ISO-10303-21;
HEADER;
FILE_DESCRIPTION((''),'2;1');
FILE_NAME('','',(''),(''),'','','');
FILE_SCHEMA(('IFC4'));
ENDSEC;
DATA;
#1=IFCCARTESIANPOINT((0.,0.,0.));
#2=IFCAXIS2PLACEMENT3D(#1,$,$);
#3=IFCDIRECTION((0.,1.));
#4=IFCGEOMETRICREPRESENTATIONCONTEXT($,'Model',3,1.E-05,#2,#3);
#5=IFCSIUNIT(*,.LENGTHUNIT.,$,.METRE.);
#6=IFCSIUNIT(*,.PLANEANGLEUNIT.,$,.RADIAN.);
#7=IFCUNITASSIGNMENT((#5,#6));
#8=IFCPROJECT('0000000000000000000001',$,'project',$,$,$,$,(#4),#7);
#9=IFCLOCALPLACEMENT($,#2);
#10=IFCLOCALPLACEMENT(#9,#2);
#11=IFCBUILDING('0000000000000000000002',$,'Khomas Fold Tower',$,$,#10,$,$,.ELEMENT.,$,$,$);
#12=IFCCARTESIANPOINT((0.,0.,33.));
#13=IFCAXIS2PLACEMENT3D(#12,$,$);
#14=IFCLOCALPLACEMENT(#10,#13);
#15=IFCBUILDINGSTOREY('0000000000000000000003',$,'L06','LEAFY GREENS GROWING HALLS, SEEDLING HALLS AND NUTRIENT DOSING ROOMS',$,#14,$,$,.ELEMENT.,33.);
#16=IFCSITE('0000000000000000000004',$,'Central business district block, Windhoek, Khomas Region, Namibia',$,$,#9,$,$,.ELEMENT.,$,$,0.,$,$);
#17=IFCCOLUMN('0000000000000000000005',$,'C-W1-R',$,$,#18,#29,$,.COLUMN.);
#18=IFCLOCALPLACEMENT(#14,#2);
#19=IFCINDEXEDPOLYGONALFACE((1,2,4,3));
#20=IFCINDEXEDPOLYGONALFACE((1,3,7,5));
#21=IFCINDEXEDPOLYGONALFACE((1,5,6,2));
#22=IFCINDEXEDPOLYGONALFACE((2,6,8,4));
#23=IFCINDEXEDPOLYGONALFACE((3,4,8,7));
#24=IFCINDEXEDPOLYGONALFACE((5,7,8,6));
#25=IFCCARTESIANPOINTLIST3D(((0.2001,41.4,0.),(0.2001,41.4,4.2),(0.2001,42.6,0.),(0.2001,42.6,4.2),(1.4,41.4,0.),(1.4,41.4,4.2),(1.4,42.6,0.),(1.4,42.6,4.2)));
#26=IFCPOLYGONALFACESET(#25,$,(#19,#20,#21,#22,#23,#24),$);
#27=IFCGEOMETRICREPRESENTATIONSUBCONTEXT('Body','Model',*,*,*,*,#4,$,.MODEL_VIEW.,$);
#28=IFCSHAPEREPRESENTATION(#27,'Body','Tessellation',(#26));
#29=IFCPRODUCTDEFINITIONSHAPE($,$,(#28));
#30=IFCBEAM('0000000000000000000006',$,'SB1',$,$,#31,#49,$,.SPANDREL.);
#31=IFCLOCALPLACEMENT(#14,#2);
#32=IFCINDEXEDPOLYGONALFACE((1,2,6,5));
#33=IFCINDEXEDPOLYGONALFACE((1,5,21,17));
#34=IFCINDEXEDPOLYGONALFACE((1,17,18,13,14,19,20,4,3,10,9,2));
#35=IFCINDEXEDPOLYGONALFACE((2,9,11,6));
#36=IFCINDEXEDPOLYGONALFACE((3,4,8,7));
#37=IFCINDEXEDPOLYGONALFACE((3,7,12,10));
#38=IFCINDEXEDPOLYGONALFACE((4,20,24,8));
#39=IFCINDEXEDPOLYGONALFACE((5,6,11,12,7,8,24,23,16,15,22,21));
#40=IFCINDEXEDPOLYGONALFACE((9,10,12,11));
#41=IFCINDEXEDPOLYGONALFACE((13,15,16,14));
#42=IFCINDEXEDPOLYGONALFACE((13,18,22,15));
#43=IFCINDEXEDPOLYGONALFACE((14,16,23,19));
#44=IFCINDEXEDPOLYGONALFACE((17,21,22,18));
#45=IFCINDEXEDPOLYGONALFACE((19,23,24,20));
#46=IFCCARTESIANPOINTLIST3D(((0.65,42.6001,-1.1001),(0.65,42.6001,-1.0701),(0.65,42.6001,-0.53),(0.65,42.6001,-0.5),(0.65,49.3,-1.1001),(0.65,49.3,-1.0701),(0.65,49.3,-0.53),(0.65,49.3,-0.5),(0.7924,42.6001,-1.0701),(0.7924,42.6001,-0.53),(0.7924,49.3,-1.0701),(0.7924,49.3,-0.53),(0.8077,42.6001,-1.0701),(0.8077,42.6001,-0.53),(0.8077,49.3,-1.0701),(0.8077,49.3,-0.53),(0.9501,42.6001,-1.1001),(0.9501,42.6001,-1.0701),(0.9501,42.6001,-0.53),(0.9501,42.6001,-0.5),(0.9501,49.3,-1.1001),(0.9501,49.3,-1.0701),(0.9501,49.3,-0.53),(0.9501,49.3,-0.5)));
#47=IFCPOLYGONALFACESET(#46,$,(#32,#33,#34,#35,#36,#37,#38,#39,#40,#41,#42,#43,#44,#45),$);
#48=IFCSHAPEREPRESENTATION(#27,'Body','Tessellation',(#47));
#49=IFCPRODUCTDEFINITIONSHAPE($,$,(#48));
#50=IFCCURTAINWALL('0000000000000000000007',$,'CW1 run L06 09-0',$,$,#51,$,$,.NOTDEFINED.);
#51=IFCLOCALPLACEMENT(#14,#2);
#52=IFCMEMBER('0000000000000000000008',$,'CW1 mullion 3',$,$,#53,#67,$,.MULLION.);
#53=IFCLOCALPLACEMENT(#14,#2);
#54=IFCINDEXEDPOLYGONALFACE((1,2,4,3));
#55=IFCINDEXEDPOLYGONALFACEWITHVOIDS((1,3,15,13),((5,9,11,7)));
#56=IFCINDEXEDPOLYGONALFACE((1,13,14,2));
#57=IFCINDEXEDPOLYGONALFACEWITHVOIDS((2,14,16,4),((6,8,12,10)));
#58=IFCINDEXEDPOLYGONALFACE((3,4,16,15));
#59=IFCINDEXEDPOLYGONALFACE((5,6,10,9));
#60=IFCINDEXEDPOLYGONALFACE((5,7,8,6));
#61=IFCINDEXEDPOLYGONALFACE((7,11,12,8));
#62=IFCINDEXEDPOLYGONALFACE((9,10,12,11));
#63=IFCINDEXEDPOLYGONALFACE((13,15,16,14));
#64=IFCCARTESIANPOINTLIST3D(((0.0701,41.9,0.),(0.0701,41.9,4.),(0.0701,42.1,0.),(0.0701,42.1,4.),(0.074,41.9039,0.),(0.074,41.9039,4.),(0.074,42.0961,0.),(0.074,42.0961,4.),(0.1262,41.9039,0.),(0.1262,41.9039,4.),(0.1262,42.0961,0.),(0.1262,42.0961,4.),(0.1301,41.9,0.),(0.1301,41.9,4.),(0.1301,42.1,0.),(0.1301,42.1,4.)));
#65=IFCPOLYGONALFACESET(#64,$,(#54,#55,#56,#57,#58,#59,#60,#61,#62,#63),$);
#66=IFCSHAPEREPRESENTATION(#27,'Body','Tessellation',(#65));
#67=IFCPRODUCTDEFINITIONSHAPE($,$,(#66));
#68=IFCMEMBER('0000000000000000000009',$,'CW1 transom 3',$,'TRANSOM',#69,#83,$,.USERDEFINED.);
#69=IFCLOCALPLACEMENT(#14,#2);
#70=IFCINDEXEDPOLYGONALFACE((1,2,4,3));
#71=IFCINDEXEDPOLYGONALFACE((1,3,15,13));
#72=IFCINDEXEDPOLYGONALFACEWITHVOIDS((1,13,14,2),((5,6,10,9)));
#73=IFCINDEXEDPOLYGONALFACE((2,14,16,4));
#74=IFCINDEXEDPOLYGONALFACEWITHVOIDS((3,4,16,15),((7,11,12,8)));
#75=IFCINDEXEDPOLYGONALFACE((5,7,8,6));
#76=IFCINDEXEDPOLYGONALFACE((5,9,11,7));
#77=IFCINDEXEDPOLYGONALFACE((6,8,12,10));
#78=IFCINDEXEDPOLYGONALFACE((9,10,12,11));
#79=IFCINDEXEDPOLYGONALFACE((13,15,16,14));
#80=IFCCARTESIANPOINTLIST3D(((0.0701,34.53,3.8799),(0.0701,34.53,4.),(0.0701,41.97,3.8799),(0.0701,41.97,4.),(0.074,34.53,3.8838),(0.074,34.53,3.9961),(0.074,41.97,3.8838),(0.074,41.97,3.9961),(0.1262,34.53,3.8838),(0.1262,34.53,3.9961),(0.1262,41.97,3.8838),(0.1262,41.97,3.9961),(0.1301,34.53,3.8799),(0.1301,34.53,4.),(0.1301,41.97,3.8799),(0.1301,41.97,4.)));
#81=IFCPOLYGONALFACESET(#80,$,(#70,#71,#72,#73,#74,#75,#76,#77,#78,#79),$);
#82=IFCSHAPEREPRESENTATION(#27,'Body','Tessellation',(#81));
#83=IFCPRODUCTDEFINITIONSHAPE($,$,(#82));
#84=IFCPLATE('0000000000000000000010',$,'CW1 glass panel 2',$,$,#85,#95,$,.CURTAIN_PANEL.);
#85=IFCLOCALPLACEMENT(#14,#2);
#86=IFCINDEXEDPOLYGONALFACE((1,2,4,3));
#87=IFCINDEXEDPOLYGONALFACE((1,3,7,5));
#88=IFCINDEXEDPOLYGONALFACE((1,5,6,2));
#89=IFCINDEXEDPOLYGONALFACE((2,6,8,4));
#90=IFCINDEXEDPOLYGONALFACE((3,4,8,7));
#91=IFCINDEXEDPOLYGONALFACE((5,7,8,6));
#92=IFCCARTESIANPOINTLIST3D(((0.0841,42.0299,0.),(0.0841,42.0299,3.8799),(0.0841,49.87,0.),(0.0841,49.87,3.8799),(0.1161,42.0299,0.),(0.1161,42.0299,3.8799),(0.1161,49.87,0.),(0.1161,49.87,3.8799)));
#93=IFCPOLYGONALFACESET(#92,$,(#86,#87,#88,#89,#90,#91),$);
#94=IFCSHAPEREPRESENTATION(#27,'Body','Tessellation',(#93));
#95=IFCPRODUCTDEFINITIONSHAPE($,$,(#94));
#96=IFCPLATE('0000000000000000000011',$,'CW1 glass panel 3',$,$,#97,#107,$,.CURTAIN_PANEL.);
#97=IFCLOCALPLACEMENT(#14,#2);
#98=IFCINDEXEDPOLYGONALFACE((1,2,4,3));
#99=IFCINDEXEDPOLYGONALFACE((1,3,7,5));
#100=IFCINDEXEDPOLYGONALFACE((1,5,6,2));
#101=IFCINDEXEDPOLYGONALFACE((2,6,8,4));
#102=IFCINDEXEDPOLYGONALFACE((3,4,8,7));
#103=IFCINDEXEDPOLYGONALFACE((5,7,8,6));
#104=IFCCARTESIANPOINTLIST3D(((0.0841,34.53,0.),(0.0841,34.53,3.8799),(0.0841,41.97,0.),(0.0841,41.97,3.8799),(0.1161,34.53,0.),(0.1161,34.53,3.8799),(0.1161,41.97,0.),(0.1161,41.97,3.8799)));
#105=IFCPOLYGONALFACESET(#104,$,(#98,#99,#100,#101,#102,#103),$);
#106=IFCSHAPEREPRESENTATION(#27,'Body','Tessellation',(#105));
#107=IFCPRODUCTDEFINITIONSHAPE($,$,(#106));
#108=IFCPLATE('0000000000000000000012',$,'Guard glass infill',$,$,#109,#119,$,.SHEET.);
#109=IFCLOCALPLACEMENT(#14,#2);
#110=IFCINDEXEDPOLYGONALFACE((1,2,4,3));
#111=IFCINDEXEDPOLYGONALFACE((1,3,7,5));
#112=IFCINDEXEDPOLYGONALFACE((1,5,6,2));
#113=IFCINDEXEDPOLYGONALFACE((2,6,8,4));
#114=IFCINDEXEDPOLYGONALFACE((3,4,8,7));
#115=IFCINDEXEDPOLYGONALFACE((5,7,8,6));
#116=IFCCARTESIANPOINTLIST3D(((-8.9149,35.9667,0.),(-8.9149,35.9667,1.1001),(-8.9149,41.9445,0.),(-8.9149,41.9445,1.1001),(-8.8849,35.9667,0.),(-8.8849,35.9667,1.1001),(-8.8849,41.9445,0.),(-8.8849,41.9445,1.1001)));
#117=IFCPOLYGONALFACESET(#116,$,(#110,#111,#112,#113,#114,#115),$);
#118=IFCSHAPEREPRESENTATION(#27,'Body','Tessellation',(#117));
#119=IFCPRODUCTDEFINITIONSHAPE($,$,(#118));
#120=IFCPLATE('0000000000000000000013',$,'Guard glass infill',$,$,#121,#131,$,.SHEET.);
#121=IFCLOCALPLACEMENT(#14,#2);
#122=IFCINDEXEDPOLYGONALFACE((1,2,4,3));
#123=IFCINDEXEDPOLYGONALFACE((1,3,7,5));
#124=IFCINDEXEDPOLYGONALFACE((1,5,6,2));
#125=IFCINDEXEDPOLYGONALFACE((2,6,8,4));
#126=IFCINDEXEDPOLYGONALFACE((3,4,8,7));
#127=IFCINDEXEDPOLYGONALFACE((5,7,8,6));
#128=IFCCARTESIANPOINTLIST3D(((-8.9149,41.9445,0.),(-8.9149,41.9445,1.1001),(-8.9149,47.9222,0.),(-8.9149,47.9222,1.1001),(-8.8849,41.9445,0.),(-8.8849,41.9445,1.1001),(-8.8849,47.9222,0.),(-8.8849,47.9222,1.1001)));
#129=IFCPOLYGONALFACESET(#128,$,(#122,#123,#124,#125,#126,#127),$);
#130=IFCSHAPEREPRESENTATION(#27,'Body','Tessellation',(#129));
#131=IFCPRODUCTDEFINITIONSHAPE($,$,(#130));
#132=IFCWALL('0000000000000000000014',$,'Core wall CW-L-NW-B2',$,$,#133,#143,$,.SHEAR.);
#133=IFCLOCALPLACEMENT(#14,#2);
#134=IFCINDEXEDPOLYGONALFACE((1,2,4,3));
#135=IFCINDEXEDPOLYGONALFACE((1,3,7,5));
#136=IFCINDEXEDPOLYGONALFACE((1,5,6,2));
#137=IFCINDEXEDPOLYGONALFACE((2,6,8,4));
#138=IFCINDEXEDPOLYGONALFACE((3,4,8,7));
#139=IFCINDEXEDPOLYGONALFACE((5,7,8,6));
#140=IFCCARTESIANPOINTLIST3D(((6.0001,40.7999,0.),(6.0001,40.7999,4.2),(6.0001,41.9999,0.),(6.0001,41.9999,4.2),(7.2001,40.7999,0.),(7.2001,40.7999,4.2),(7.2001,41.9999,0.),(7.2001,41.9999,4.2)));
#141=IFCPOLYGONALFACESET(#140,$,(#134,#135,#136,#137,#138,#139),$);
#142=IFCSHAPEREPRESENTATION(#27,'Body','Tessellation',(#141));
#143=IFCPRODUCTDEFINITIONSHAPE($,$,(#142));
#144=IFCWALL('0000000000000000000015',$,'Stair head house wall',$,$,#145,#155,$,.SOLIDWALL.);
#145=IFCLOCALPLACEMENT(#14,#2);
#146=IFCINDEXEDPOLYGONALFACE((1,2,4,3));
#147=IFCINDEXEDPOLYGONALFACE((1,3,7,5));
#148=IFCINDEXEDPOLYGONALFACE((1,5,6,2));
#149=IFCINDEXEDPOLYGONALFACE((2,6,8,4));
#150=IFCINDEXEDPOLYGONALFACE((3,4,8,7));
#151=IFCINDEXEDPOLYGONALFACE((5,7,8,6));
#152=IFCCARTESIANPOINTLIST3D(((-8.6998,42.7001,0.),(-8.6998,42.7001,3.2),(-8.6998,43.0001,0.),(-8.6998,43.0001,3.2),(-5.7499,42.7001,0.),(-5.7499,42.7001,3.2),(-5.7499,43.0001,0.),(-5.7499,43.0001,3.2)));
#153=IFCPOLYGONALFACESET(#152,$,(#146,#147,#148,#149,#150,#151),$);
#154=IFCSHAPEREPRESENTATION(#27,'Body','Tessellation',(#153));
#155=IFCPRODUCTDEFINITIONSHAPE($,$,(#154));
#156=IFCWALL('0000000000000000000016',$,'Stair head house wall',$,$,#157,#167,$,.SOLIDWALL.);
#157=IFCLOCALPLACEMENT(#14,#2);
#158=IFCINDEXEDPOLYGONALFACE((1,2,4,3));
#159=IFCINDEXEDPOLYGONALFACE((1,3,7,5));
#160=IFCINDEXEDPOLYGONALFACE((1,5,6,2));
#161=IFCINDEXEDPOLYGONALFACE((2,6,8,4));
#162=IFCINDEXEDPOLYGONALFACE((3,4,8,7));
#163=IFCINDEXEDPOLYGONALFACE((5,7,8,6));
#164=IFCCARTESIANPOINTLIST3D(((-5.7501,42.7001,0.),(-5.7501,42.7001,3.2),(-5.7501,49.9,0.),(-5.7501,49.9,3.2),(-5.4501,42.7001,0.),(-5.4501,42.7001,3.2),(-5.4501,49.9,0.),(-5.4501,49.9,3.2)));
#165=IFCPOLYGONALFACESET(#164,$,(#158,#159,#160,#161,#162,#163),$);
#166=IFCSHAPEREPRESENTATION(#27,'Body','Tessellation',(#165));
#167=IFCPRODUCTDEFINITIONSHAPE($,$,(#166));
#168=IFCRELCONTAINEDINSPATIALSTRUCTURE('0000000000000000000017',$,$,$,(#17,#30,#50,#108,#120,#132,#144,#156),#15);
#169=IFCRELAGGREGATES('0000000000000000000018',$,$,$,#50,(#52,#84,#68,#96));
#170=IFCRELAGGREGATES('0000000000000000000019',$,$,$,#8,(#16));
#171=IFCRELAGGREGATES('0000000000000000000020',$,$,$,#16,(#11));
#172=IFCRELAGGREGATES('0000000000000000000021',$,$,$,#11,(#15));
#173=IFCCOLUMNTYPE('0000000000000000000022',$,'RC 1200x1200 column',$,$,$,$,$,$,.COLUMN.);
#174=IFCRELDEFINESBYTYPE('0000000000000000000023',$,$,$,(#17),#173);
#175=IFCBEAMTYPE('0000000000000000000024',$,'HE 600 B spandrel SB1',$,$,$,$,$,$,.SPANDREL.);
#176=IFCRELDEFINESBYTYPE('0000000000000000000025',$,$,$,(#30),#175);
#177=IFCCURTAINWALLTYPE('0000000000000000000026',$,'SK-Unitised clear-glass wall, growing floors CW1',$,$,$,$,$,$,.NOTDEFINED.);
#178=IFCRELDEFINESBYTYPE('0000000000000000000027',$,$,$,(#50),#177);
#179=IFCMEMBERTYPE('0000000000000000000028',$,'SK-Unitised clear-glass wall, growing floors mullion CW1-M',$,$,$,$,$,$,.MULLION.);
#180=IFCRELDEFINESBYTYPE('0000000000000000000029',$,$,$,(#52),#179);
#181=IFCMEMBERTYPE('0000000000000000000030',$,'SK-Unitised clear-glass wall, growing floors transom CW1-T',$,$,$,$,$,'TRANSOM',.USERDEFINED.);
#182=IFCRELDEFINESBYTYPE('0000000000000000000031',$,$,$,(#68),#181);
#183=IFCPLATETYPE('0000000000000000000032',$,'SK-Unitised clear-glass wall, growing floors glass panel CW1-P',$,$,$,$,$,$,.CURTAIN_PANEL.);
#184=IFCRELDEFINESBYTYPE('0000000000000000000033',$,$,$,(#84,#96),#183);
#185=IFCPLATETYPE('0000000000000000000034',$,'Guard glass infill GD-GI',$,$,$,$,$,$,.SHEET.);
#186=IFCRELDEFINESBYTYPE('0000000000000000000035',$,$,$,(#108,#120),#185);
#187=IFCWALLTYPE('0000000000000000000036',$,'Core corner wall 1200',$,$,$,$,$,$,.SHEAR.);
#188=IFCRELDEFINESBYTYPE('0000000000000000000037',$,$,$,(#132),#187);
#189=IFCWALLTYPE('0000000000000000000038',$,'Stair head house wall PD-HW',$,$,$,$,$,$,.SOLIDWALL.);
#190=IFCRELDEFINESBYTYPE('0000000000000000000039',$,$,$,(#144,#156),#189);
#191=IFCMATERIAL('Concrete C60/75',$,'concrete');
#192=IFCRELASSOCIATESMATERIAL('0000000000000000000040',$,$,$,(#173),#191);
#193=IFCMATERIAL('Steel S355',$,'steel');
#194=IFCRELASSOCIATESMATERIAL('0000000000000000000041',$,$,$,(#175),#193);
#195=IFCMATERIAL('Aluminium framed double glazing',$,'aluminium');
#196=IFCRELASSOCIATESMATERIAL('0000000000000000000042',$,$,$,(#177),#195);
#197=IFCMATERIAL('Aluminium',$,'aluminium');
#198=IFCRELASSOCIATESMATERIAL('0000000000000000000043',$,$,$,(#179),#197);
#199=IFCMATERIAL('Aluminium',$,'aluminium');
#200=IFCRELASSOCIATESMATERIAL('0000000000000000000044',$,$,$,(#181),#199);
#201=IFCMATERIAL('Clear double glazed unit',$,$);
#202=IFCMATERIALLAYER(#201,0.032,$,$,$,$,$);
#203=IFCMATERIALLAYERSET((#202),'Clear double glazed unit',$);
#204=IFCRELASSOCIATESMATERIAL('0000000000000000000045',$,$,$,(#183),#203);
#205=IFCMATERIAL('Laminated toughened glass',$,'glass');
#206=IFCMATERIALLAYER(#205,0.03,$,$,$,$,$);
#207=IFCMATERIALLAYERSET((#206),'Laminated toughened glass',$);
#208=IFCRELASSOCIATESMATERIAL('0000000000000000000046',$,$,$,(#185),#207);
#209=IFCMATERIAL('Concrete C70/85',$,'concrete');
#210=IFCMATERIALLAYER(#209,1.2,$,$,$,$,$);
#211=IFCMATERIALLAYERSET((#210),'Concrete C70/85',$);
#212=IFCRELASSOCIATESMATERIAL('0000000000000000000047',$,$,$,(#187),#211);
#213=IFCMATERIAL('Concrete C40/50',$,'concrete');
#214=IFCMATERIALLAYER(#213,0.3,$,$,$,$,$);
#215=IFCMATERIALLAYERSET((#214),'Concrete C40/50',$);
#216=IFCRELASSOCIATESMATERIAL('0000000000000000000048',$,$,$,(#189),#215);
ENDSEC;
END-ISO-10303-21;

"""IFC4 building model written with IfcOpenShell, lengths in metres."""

from ifc_helpers import new_model, si_unit, direction, frame, frame_2d, origin, origin_2d, place, context, subcontext, project, spatial, rectangle, hollow_rectangle, i_section, extrude, source, transform, mapped, material, layer, layer_set, material_profile, profile_set, type_object, element, aggregate, save


model = new_model("IFC4")

# Units and contexts
model_context = context("Model", 3, precision=1e-05, world=origin(), true_north=direction((0.0, 1.0)))
body_context = subcontext(model_context, "Body", "Model", "MODEL_VIEW")
ifc_project = project(units=[si_unit("LENGTHUNIT", "METRE"), si_unit("PLANEANGLEUNIT", "RADIAN")], contexts=[model_context])

# Site, building, storey
site_placement = place(None, origin())
site = spatial("IfcSite", under=ifc_project, at=site_placement, Name="Central business district block, Windhoek, Khomas Region, Namibia", CompositionType="ELEMENT", RefElevation=0.0)
building_placement = place(site_placement, origin())
building = spatial("IfcBuilding", under=site, at=building_placement, Name="Khomas Fold Tower", CompositionType="ELEMENT")
storey_placement = place(building_placement, frame((0.0, 0.0, 33.0)))
storey = spatial("IfcBuildingStorey", under=building, at=storey_placement, Name="L06", Description="LEAFY GREENS GROWING HALLS, SEEDLING HALLS AND NUTRIENT DOSING ROOMS", CompositionType="ELEMENT", Elevation=33.0)

# Column
ifc_material_1 = material(Name="Concrete C60/75", Category="concrete")
ifc_material_profile_1 = material_profile(ifc_material_1, rectangle(XDim=1.2, YDim=1.2, at=origin_2d()), Name="RC 1200x1200")
ifc_profile_set_1 = profile_set([ifc_material_profile_1], Name="Concrete C60/75")
column_type = type_object("IfcColumnType", Name="RC 1200x1200 column", PredefinedType="COLUMN", material=ifc_profile_set_1)
shared_shape_1 = source(origin(), body_context, "Body", "SweptSolid", [
    extrude(rectangle(XDim=1.2, YDim=1.2, at=origin_2d()), origin(), (0.0, 0.0, 1.0), 4.2),
])
column_placement = place(storey_placement, frame((0.8, 42.0, 0.0), z_axis=(0.0, 0.0, 1.0), x_axis=(1.0, 0.0, 0.0)))
element("IfcColumn", 1, at=column_placement, inside=storey, type_object=column_type, Name="C-W1-R", PredefinedType="COLUMN", context=body_context, shape_type="MappedRepresentation", body=[
    mapped(shared_shape_1, transform((0.0, 0.0, 0.0))),
])

# Beam
ifc_material_2 = material(Name="Steel S355", Category="steel")
ifc_material_profile_2 = material_profile(ifc_material_2, i_section(OverallWidth=0.3, OverallDepth=0.6001, WebThickness=0.0154, FlangeThickness=0.03, at=origin_2d()), Name="HE 600 B")
ifc_profile_set_2 = profile_set([ifc_material_profile_2], Name="Steel S355")
beam_type = type_object("IfcBeamType", Name="HE 600 B spandrel SB1", PredefinedType="SPANDREL", material=ifc_profile_set_2)
shared_shape_2 = source(origin(), body_context, "Body", "SweptSolid", [
    extrude(i_section(OverallWidth=0.3, OverallDepth=0.6001, WebThickness=0.0154, FlangeThickness=0.03, at=origin_2d()), origin(), (0.0, 0.0, 1.0), 6.7),
])
beam_placement = place(storey_placement, frame((0.8, 42.6001, -0.8), z_axis=(0.0, 1.0, 0.0), x_axis=(-1.0, 0.0, 0.0)))
element("IfcBeam", 2, at=beam_placement, inside=storey, type_object=beam_type, Name="SB1", PredefinedType="SPANDREL", context=body_context, shape_type="MappedRepresentation", body=[
    mapped(shared_shape_2, transform((0.0, 0.0, 0.0))),
])

# Curtain wall, members, plates
ifc_material_3 = material(Name="Aluminium framed double glazing", Category="aluminium")
curtain_wall_type = type_object("IfcCurtainWallType", Name="SK-Unitised clear-glass wall, growing floors CW1", PredefinedType="NOTDEFINED", material=ifc_material_3)
curtain_wall_placement = place(storey_placement, origin())
curtain_wall = element("IfcCurtainWall", 3, at=curtain_wall_placement, inside=storey, type_object=curtain_wall_type, Name="CW1 run L06 09-0", PredefinedType="NOTDEFINED")
ifc_material_4 = material(Name="Aluminium", Category="aluminium")
ifc_material_profile_3 = material_profile(ifc_material_4, hollow_rectangle(XDim=0.0601, YDim=0.2, WallThickness=0.0039, at=origin_2d()), Name="SK-Unitised clear-glass wall, growing floors mullion CW1-M")
ifc_profile_set_3 = profile_set([ifc_material_profile_3], Name="Aluminium")
member_type_1 = type_object("IfcMemberType", Name="SK-Unitised clear-glass wall, growing floors mullion CW1-M", PredefinedType="MULLION", material=ifc_profile_set_3)
shared_shape_3 = source(origin(), body_context, "Body", "SweptSolid", [
    extrude(hollow_rectangle(XDim=0.0601, YDim=0.2, WallThickness=0.0039, at=origin_2d()), origin(), (0.0, 0.0, 1.0), 4.0),
])
member_1_placement = place(storey_placement, frame((0.1001, 42.0, 0.0), z_axis=(0.0, 0.0, 1.0), x_axis=(1.0, 0.0, 0.0)))
member_1 = element("IfcMember", 4, at=member_1_placement, type_object=member_type_1, Name="CW1 mullion 3", PredefinedType="MULLION", context=body_context, shape_type="MappedRepresentation", body=[
    mapped(shared_shape_3, transform((0.0, 0.0, 0.0))),
])
ifc_material_5 = material(Name="Aluminium", Category="aluminium")
ifc_material_profile_4 = material_profile(ifc_material_5, hollow_rectangle(XDim=0.0601, YDim=0.1201, WallThickness=0.0039, at=origin_2d()), Name="SK-Unitised clear-glass wall, growing floors transom CW1-T")
ifc_profile_set_4 = profile_set([ifc_material_profile_4], Name="Aluminium")
member_type_2 = type_object("IfcMemberType", Name="SK-Unitised clear-glass wall, growing floors transom CW1-T", ElementType="TRANSOM", PredefinedType="USERDEFINED", material=ifc_profile_set_4)
shared_shape_4 = source(origin(), body_context, "Body", "SweptSolid", [
    extrude(hollow_rectangle(XDim=0.0601, YDim=0.1201, WallThickness=0.0039, at=origin_2d()), origin(), (0.0, 0.0, 1.0), 7.4399),
])
member_2_placement = place(storey_placement, frame((0.1001, 41.97, 3.9399), z_axis=(0.0, -1.0, 0.0), x_axis=(1.0, 0.0, 0.0)))
member_2 = element("IfcMember", 5, at=member_2_placement, type_object=member_type_2, Name="CW1 transom 3", ObjectType="TRANSOM", PredefinedType="USERDEFINED", context=body_context, shape_type="MappedRepresentation", body=[
    mapped(shared_shape_4, transform((0.0, 0.0, 0.0))),
])
ifc_material_6 = material(Name="Clear double glazed unit")
ifc_layer_1 = layer(ifc_material_6, 0.032)
ifc_layer_set_1 = layer_set([ifc_layer_1], Name="Clear double glazed unit")
plate_type_1 = type_object("IfcPlateType", Name="SK-Unitised clear-glass wall, growing floors glass panel CW1-P", PredefinedType="CURTAIN_PANEL", material=ifc_layer_set_1)
shared_shape_5 = source(origin(), body_context, "Body", "SweptSolid", [
    extrude(rectangle(XDim=7.8401, YDim=0.032, at=origin_2d()), origin(), (0.0, 0.0, 1.0), 3.8799),
])
plate_1_placement = place(storey_placement, frame((0.1001, 45.95, 0.0), z_axis=(0.0, 0.0, 1.0), x_axis=(0.0, -1.0, 0.0)))
plate_1 = element("IfcPlate", 6, at=plate_1_placement, type_object=plate_type_1, Name="CW1 glass panel 2", PredefinedType="CURTAIN_PANEL", context=body_context, shape_type="MappedRepresentation", body=[
    mapped(shared_shape_5, transform((0.0, 0.0, 0.0))),
])
shared_shape_6 = source(origin(), body_context, "Body", "SweptSolid", [
    extrude(rectangle(XDim=7.4399, YDim=0.032, at=origin_2d()), origin(), (0.0, 0.0, 1.0), 3.8799),
])
plate_2_placement = place(storey_placement, frame((0.1001, 38.25, 0.0), z_axis=(0.0, 0.0, 1.0), x_axis=(0.0, -1.0, 0.0)))
plate_2 = element("IfcPlate", 7, at=plate_2_placement, type_object=plate_type_1, Name="CW1 glass panel 3", PredefinedType="CURTAIN_PANEL", context=body_context, shape_type="MappedRepresentation", body=[
    mapped(shared_shape_6, transform((0.0, 0.0, 0.0))),
])
aggregate(curtain_wall, [member_1, plate_1, member_2, plate_2])

# Plates
ifc_material_7 = material(Name="Laminated toughened glass", Category="glass")
ifc_layer_2 = layer(ifc_material_7, 0.03)
ifc_layer_set_2 = layer_set([ifc_layer_2], Name="Laminated toughened glass")
plate_type_2 = type_object("IfcPlateType", Name="Guard glass infill GD-GI", PredefinedType="SHEET", material=ifc_layer_set_2)
shared_shape_7 = source(origin(), body_context, "Body", "SweptSolid", [
    extrude(rectangle(XDim=5.9778, YDim=0.03, at=origin_2d()), origin(), (0.0, 0.0, 1.0), 1.1001),
])
for number, where, z_axis, x_axis, name in (
    (8, (-8.8999, 38.9556, 0.0), (0.0, 0.0, 1.0), (0.0, 1.0, 0.0), "Guard glass infill"),
    (9, (-8.8999, 44.9333, 0.0), (0.0, 0.0, 1.0), (0.0, 1.0, 0.0), "Guard glass infill"),
):
    element("IfcPlate", number, at=place(storey_placement, frame(where, z_axis=z_axis, x_axis=x_axis)), inside=storey, type_object=plate_type_2, Name=name, PredefinedType="SHEET", context=body_context, shape_type="MappedRepresentation", body=[
        mapped(shared_shape_7, transform((0.0, 0.0, 0.0))),
    ])

# Walls
ifc_material_8 = material(Name="Concrete C70/85", Category="concrete")
ifc_layer_3 = layer(ifc_material_8, 1.2)
ifc_layer_set_3 = layer_set([ifc_layer_3], Name="Concrete C70/85")
wall_type_1 = type_object("IfcWallType", Name="Core corner wall 1200", PredefinedType="SHEAR", material=ifc_layer_set_3)
shared_shape_8 = source(origin(), body_context, "Body", "SweptSolid", [
    extrude(rectangle(XDim=1.2, YDim=1.2, at=frame_2d((0.6001, 0.0))), origin(), (0.0, 0.0, 1.0), 4.2),
])
wall_1_placement = place(storey_placement, frame((6.0, 41.3999, 0.0), z_axis=(0.0, 0.0, 1.0), x_axis=(1.0, 0.0, 0.0)))
element("IfcWall", 10, at=wall_1_placement, inside=storey, type_object=wall_type_1, Name="Core wall CW-L-NW-B2", PredefinedType="SHEAR", context=body_context, shape_type="MappedRepresentation", body=[
    mapped(shared_shape_8, transform((0.0, 0.0, 0.0))),
])
ifc_material_9 = material(Name="Concrete C40/50", Category="concrete")
ifc_layer_4 = layer(ifc_material_9, 0.3)
ifc_layer_set_4 = layer_set([ifc_layer_4], Name="Concrete C40/50")
wall_type_2 = type_object("IfcWallType", Name="Stair head house wall PD-HW", PredefinedType="SOLIDWALL", material=ifc_layer_set_4)
shared_shape_9 = source(origin(), body_context, "Body", "SweptSolid", [
    extrude(rectangle(XDim=2.95, YDim=0.3, at=frame_2d((1.4751, 0.0))), origin(), (0.0, 0.0, 1.0), 3.2),
])
wall_2_placement = place(storey_placement, frame((-8.7, 42.8501, 0.0), z_axis=(0.0, 0.0, 1.0), x_axis=(1.0, 0.0, 0.0)))
element("IfcWall", 11, at=wall_2_placement, inside=storey, type_object=wall_type_2, Name="Stair head house wall", PredefinedType="SOLIDWALL", context=body_context, shape_type="MappedRepresentation", body=[
    mapped(shared_shape_9, transform((0.0, 0.0, 0.0))),
])
shared_shape_10 = source(origin(), body_context, "Body", "SweptSolid", [
    extrude(rectangle(XDim=7.2, YDim=0.3, at=frame_2d((3.6001, 0.0))), origin(), (0.0, 0.0, 1.0), 3.2),
])
wall_3_placement = place(storey_placement, frame((-5.6001, 42.7, 0.0), z_axis=(0.0, 0.0, 1.0), x_axis=(0.0, 1.0, 0.0)))
element("IfcWall", 12, at=wall_3_placement, inside=storey, type_object=wall_type_2, Name="Stair head house wall", PredefinedType="SOLIDWALL", context=body_context, shape_type="MappedRepresentation", body=[
    mapped(shared_shape_10, transform((0.0, 0.0, 0.0))),
])

save(model, "model.ifc")
